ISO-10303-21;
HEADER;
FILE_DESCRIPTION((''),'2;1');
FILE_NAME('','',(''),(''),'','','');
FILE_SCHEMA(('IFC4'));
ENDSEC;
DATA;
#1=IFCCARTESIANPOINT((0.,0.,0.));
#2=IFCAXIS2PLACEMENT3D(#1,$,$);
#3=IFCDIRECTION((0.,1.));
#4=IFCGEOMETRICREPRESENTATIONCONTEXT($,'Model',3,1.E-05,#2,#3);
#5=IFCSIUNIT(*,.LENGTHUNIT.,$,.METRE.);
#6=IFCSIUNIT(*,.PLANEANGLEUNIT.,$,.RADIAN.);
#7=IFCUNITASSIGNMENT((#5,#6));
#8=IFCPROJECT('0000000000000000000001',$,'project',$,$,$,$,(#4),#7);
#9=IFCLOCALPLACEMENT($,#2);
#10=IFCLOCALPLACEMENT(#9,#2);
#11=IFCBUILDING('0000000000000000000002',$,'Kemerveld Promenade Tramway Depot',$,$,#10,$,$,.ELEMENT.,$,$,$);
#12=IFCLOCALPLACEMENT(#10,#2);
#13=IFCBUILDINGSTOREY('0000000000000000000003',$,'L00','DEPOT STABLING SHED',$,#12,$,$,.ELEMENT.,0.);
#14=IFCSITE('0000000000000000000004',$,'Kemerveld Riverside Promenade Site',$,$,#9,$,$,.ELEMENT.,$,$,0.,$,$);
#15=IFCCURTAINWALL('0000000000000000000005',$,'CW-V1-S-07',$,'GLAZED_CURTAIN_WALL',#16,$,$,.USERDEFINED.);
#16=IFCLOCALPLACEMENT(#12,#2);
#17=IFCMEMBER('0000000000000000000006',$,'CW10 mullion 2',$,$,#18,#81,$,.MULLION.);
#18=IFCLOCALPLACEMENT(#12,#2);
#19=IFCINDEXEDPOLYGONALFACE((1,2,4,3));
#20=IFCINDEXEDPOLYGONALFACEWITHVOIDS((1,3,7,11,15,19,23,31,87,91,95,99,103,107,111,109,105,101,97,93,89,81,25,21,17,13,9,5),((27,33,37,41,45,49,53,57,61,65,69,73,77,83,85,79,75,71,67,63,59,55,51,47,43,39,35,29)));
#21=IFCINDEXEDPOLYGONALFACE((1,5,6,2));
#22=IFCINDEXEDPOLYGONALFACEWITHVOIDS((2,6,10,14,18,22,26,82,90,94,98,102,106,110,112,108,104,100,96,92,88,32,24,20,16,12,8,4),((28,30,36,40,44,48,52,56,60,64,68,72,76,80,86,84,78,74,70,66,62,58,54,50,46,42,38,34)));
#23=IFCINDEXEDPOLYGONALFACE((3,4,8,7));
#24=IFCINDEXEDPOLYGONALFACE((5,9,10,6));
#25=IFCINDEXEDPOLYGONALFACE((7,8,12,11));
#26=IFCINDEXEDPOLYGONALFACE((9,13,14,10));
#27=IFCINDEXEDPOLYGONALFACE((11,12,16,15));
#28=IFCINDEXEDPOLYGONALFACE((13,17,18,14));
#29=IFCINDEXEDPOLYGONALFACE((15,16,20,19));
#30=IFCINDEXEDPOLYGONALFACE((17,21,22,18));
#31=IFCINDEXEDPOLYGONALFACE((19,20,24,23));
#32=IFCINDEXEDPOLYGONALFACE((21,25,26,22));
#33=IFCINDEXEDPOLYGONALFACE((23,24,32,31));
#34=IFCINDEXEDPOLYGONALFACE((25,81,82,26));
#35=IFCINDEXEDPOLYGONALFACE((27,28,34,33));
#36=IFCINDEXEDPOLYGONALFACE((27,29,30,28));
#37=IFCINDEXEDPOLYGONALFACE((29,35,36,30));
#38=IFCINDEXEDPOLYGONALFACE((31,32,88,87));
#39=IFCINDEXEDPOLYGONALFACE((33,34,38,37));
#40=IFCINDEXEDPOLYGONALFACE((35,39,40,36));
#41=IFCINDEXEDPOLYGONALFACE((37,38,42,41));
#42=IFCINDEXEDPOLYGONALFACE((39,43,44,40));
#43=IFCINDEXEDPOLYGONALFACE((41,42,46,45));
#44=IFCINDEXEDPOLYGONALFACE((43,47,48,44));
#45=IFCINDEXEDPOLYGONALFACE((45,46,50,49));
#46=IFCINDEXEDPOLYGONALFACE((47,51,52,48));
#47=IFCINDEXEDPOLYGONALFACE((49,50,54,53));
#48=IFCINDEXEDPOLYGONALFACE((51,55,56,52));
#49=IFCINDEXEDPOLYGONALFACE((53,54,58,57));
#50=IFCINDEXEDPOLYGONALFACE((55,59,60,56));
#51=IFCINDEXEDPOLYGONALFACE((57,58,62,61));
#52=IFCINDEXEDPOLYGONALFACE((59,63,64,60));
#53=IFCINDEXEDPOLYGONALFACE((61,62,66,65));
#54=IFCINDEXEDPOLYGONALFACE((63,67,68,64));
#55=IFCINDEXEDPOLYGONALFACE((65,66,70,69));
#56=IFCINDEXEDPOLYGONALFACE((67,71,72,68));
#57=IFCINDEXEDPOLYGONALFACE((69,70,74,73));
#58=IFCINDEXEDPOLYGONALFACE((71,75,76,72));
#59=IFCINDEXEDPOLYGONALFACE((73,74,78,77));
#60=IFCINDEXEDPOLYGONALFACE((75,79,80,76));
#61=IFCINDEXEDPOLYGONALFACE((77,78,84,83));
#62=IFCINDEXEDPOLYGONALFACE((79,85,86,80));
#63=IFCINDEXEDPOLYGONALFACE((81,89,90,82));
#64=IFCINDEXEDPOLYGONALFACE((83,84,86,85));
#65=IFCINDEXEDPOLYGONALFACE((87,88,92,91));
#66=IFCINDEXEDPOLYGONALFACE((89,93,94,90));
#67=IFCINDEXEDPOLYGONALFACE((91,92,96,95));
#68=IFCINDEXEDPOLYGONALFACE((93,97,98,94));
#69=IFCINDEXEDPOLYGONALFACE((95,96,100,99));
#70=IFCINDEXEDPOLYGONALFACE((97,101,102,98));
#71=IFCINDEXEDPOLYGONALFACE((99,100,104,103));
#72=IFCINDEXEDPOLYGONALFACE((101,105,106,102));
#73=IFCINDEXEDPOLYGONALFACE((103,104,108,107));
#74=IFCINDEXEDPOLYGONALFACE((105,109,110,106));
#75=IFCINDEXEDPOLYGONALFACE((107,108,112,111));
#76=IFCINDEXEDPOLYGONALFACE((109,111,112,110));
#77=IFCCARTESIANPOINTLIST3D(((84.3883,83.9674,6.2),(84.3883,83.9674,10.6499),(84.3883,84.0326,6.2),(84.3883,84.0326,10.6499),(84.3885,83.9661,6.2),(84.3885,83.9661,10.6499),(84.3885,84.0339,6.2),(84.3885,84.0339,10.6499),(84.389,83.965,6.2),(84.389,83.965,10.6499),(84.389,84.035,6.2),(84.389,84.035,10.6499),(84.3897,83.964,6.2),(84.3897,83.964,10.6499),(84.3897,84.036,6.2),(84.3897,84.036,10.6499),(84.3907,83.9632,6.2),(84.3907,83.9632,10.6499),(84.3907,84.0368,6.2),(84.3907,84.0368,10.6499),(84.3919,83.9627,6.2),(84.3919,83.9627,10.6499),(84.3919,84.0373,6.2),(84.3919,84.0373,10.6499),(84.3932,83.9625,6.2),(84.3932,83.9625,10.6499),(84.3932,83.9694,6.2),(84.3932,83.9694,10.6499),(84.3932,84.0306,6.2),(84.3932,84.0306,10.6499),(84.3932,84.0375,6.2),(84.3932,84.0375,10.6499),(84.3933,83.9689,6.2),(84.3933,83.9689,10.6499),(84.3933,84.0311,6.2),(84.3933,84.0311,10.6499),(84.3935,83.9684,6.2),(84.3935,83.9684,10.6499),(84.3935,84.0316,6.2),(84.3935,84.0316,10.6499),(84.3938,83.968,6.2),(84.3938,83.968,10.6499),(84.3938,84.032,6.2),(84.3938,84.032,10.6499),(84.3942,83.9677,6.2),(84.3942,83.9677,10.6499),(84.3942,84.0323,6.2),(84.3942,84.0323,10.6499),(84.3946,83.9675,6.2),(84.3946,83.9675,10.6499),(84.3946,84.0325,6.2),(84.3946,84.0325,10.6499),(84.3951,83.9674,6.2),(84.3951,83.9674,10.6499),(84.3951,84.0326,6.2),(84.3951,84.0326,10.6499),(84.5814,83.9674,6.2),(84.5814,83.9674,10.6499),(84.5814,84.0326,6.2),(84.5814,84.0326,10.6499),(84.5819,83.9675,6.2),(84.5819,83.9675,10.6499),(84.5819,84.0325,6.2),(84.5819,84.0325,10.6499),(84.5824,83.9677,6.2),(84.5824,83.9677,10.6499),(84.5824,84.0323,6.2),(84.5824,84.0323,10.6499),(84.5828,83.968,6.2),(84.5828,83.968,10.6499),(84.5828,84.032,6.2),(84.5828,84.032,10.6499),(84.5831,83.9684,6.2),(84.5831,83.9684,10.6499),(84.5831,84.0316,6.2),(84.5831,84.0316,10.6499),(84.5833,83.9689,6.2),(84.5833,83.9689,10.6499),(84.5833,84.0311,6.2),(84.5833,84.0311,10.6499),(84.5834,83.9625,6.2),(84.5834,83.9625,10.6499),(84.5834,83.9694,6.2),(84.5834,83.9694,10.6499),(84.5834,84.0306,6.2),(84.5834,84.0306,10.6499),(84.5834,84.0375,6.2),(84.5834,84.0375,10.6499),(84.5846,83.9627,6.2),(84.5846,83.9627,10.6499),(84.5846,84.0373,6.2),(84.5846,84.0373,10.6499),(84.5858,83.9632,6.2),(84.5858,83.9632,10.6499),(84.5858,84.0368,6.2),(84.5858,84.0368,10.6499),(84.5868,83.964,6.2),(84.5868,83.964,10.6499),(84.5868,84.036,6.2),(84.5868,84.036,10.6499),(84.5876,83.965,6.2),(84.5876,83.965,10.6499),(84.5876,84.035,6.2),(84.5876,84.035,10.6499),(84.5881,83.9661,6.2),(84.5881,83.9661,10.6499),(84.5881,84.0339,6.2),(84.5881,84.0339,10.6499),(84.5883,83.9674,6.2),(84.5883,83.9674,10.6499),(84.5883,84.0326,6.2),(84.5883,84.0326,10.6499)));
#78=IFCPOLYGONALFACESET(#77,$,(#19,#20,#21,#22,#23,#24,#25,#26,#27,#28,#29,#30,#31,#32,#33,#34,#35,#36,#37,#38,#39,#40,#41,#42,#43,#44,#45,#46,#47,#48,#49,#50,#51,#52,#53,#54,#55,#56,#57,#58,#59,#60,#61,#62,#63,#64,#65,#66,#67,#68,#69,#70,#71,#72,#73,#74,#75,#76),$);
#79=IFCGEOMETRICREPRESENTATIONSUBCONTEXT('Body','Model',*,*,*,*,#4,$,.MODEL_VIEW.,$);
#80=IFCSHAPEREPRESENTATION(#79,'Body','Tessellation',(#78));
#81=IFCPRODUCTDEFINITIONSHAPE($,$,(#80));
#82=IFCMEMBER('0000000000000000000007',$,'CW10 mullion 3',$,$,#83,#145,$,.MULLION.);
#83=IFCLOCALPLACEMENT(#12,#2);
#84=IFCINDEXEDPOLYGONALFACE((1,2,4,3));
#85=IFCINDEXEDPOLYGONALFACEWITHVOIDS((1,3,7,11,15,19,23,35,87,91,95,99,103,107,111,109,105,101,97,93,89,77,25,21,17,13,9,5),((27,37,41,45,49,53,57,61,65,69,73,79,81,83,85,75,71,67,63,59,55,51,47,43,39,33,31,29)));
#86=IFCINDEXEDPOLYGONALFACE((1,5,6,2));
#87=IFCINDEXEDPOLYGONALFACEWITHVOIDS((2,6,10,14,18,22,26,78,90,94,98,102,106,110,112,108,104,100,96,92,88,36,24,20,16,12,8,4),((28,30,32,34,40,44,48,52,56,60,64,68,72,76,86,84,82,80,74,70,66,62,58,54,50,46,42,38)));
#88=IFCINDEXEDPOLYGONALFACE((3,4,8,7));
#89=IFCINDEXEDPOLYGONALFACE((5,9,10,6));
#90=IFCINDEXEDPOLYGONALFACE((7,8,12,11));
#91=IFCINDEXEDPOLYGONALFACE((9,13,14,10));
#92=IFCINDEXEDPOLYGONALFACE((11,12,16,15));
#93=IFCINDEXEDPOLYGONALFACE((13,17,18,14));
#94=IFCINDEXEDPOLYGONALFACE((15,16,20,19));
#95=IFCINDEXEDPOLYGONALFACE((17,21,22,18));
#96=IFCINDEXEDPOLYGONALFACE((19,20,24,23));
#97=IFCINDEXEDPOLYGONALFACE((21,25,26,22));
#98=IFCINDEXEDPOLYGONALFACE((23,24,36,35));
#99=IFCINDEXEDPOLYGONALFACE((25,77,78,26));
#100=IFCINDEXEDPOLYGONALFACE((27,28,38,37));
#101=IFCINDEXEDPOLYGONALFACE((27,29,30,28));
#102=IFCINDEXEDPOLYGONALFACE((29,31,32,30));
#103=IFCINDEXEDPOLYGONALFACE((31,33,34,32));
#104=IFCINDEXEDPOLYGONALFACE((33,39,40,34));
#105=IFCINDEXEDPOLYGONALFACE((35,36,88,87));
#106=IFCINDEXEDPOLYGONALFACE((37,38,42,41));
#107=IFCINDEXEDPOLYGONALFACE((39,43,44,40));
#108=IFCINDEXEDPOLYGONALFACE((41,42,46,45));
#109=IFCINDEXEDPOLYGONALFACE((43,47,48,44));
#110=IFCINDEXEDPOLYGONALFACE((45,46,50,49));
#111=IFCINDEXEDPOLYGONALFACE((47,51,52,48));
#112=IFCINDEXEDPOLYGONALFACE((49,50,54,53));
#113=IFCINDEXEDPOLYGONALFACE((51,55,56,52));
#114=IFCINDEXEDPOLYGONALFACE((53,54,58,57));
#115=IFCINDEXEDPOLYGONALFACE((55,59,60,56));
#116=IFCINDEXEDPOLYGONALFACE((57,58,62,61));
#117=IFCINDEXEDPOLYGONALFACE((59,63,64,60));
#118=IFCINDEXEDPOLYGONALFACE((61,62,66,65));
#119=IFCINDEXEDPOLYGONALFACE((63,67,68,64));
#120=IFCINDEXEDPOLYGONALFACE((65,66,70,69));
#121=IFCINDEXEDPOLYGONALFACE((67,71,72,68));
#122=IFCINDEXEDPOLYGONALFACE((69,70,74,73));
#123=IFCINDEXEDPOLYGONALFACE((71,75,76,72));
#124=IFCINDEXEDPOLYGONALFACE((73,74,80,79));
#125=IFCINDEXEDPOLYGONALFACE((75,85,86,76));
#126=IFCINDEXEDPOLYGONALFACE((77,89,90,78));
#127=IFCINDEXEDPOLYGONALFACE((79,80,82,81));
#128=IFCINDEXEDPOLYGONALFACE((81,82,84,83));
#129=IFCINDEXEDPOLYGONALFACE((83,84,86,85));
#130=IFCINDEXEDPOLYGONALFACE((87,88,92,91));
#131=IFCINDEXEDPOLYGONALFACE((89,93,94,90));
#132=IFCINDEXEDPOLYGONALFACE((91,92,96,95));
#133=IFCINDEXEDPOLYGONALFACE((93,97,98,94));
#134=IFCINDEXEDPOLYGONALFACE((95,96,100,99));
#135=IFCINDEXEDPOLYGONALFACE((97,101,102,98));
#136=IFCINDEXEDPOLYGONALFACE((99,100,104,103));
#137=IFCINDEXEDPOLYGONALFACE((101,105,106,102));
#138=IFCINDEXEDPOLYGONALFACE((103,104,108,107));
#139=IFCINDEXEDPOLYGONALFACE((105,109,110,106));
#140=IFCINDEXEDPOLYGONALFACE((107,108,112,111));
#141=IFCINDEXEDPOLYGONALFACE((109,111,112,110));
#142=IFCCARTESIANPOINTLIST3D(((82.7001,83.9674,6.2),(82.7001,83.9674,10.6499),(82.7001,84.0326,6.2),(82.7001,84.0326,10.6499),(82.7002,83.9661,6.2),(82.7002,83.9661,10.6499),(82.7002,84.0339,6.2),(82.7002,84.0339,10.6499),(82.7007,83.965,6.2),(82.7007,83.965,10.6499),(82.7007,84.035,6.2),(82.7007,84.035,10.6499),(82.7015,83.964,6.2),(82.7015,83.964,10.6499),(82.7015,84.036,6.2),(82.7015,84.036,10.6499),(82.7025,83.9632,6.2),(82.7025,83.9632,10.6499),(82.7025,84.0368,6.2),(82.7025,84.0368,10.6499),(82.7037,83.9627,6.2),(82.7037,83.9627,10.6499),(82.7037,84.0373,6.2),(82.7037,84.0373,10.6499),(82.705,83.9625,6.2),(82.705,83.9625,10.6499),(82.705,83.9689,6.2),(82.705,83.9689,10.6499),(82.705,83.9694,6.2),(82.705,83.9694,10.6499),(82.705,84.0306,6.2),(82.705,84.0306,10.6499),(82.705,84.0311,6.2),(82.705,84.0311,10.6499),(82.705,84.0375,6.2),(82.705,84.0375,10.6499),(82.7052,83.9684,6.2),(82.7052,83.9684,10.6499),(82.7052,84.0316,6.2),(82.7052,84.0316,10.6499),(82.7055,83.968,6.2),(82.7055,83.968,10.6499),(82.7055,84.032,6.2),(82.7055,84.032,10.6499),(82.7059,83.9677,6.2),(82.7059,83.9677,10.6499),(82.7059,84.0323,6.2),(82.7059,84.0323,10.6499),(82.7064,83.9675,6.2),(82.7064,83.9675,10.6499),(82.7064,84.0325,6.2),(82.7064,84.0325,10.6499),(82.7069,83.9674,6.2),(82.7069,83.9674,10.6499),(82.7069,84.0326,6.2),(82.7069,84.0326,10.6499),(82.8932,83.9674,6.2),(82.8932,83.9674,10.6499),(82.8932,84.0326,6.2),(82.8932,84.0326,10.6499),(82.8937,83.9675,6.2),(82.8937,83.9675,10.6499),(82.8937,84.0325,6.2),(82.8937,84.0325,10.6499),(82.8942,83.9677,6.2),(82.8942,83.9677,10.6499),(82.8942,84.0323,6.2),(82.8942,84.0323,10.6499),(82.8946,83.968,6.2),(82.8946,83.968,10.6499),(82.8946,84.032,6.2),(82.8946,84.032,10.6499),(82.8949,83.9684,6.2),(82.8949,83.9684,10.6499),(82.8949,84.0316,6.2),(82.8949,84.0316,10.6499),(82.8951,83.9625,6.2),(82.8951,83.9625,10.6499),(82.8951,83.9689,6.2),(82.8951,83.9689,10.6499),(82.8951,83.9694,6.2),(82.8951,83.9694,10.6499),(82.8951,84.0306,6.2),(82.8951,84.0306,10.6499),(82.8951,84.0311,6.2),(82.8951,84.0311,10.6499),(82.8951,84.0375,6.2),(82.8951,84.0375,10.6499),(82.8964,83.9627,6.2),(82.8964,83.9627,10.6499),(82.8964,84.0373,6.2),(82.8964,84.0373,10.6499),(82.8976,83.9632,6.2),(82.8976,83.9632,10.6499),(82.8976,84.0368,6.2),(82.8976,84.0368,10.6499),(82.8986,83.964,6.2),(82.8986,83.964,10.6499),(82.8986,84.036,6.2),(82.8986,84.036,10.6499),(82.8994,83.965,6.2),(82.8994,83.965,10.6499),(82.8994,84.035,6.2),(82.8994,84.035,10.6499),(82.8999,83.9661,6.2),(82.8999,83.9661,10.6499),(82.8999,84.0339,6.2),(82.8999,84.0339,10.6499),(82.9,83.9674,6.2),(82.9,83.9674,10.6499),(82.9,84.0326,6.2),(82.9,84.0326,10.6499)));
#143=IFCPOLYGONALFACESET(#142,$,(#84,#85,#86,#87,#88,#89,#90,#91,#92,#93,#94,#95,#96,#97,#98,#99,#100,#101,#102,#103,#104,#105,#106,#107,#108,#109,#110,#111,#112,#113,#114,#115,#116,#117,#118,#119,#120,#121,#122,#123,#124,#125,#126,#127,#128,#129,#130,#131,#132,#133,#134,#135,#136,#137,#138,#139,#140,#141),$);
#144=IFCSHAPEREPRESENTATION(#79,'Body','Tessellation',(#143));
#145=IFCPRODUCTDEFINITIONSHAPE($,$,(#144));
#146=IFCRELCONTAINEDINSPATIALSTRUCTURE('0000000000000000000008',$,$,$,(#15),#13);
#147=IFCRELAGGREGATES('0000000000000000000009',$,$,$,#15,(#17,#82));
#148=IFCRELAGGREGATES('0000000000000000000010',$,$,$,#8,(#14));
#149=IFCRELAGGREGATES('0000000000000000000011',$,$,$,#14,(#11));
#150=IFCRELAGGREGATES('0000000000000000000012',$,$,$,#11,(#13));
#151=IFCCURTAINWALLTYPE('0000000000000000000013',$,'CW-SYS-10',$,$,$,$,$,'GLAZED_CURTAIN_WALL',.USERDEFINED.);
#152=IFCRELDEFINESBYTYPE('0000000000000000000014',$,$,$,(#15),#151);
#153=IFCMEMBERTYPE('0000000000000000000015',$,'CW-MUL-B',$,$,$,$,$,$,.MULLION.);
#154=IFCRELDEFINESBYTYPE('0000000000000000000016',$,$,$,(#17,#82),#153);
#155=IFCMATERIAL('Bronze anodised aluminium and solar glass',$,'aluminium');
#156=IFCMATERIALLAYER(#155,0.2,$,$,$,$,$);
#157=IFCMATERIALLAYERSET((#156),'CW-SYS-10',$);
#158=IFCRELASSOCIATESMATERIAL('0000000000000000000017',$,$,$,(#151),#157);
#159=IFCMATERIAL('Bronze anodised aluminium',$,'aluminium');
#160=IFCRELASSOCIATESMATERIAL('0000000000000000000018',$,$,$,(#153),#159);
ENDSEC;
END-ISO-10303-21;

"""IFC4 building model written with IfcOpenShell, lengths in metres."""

from ifc_helpers import new_model, si_unit, direction, frame, origin, origin_2d, place, context, subcontext, project, spatial, hollow_rectangle, extrude, material, layer, layer_set, material_profile, profile_set, type_object, element, aggregate, save


model = new_model("IFC4")

# Units and contexts
model_context = context("Model", 3, precision=1e-05, world=origin(), true_north=direction((0.0, 1.0)))
body_context = subcontext(model_context, "Body", "Model", "MODEL_VIEW")
ifc_project = project(units=[si_unit("LENGTHUNIT", "METRE"), si_unit("PLANEANGLEUNIT", "RADIAN")], contexts=[model_context])

# Site, building, storey
site_placement = place(None, origin())
site = spatial("IfcSite", under=ifc_project, at=site_placement, Name="Kemerveld Riverside Promenade Site", CompositionType="ELEMENT", RefElevation=0.0)
building_placement = place(site_placement, origin())
building = spatial("IfcBuilding", under=site, at=building_placement, Name="Kemerveld Promenade Tramway Depot", CompositionType="ELEMENT")
storey_placement = place(building_placement, origin())
storey = spatial("IfcBuildingStorey", under=building, at=storey_placement, Name="L00", Description="DEPOT STABLING SHED", CompositionType="ELEMENT", Elevation=0.0)

# Curtain wall, members
ifc_material_1 = material(Name="Bronze anodised aluminium and solar glass", Category="aluminium")
ifc_material_2 = material(Name="Bronze anodised aluminium", Category="aluminium")
ifc_layer_1 = layer(ifc_material_1, 0.2)
ifc_layer_set_1 = layer_set([ifc_layer_1], Name="CW-SYS-10")
curtain_wall_type_1 = type_object("IfcCurtainWallType", Name="CW-SYS-10", ElementType="GLAZED_CURTAIN_WALL", PredefinedType="USERDEFINED", material=ifc_layer_set_1)
curtain_wall_1_placement = place(storey_placement, origin())
curtain_wall_1 = element("IfcCurtainWall", 1, at=curtain_wall_1_placement, inside=storey, type_object=curtain_wall_type_1, Name="CW-V1-S-07", ObjectType="GLAZED_CURTAIN_WALL", PredefinedType="USERDEFINED")
ifc_material_profile_1 = material_profile(ifc_material_2, hollow_rectangle(XDim=0.075, YDim=0.2, WallThickness=0.0049, InnerFilletRadius=0.002, OuterFilletRadius=0.0049, at=origin_2d()), Name="CW-MUL-200x75")
ifc_profile_set_1 = profile_set([ifc_material_profile_1], Name="Bronze anodised aluminium")
member_type_1 = type_object("IfcMemberType", Name="CW-MUL-B", PredefinedType="MULLION", material=ifc_profile_set_1)
member_1_placement = place(storey_placement, frame((84.4883, 84.0, 6.2), z_axis=(0.0, 0.0, 1.0), x_axis=(0.0, -1.0, 0.0)))
member_1 = element("IfcMember", 2, at=member_1_placement, type_object=member_type_1, Name="CW10 mullion 2", PredefinedType="MULLION", context=body_context, shape_type="SweptSolid", body=[
    extrude(hollow_rectangle(XDim=0.075, YDim=0.2, WallThickness=0.0049, InnerFilletRadius=0.002, OuterFilletRadius=0.0049, at=origin_2d()), origin(), (0.0, 0.0, 1.0), 4.45),
])
member_2_placement = place(storey_placement, frame((82.8, 84.0, 6.2), z_axis=(0.0, 0.0, 1.0), x_axis=(0.0, -1.0, 0.0)))
member_2 = element("IfcMember", 3, at=member_2_placement, type_object=member_type_1, Name="CW10 mullion 3", PredefinedType="MULLION", context=body_context, shape_type="SweptSolid", body=[
    extrude(hollow_rectangle(XDim=0.075, YDim=0.2, WallThickness=0.0049, InnerFilletRadius=0.002, OuterFilletRadius=0.0049, at=origin_2d()), origin(), (0.0, 0.0, 1.0), 4.45),
])

aggregate(curtain_wall_1, [member_1, member_2])

save(model, "model.ifc")
